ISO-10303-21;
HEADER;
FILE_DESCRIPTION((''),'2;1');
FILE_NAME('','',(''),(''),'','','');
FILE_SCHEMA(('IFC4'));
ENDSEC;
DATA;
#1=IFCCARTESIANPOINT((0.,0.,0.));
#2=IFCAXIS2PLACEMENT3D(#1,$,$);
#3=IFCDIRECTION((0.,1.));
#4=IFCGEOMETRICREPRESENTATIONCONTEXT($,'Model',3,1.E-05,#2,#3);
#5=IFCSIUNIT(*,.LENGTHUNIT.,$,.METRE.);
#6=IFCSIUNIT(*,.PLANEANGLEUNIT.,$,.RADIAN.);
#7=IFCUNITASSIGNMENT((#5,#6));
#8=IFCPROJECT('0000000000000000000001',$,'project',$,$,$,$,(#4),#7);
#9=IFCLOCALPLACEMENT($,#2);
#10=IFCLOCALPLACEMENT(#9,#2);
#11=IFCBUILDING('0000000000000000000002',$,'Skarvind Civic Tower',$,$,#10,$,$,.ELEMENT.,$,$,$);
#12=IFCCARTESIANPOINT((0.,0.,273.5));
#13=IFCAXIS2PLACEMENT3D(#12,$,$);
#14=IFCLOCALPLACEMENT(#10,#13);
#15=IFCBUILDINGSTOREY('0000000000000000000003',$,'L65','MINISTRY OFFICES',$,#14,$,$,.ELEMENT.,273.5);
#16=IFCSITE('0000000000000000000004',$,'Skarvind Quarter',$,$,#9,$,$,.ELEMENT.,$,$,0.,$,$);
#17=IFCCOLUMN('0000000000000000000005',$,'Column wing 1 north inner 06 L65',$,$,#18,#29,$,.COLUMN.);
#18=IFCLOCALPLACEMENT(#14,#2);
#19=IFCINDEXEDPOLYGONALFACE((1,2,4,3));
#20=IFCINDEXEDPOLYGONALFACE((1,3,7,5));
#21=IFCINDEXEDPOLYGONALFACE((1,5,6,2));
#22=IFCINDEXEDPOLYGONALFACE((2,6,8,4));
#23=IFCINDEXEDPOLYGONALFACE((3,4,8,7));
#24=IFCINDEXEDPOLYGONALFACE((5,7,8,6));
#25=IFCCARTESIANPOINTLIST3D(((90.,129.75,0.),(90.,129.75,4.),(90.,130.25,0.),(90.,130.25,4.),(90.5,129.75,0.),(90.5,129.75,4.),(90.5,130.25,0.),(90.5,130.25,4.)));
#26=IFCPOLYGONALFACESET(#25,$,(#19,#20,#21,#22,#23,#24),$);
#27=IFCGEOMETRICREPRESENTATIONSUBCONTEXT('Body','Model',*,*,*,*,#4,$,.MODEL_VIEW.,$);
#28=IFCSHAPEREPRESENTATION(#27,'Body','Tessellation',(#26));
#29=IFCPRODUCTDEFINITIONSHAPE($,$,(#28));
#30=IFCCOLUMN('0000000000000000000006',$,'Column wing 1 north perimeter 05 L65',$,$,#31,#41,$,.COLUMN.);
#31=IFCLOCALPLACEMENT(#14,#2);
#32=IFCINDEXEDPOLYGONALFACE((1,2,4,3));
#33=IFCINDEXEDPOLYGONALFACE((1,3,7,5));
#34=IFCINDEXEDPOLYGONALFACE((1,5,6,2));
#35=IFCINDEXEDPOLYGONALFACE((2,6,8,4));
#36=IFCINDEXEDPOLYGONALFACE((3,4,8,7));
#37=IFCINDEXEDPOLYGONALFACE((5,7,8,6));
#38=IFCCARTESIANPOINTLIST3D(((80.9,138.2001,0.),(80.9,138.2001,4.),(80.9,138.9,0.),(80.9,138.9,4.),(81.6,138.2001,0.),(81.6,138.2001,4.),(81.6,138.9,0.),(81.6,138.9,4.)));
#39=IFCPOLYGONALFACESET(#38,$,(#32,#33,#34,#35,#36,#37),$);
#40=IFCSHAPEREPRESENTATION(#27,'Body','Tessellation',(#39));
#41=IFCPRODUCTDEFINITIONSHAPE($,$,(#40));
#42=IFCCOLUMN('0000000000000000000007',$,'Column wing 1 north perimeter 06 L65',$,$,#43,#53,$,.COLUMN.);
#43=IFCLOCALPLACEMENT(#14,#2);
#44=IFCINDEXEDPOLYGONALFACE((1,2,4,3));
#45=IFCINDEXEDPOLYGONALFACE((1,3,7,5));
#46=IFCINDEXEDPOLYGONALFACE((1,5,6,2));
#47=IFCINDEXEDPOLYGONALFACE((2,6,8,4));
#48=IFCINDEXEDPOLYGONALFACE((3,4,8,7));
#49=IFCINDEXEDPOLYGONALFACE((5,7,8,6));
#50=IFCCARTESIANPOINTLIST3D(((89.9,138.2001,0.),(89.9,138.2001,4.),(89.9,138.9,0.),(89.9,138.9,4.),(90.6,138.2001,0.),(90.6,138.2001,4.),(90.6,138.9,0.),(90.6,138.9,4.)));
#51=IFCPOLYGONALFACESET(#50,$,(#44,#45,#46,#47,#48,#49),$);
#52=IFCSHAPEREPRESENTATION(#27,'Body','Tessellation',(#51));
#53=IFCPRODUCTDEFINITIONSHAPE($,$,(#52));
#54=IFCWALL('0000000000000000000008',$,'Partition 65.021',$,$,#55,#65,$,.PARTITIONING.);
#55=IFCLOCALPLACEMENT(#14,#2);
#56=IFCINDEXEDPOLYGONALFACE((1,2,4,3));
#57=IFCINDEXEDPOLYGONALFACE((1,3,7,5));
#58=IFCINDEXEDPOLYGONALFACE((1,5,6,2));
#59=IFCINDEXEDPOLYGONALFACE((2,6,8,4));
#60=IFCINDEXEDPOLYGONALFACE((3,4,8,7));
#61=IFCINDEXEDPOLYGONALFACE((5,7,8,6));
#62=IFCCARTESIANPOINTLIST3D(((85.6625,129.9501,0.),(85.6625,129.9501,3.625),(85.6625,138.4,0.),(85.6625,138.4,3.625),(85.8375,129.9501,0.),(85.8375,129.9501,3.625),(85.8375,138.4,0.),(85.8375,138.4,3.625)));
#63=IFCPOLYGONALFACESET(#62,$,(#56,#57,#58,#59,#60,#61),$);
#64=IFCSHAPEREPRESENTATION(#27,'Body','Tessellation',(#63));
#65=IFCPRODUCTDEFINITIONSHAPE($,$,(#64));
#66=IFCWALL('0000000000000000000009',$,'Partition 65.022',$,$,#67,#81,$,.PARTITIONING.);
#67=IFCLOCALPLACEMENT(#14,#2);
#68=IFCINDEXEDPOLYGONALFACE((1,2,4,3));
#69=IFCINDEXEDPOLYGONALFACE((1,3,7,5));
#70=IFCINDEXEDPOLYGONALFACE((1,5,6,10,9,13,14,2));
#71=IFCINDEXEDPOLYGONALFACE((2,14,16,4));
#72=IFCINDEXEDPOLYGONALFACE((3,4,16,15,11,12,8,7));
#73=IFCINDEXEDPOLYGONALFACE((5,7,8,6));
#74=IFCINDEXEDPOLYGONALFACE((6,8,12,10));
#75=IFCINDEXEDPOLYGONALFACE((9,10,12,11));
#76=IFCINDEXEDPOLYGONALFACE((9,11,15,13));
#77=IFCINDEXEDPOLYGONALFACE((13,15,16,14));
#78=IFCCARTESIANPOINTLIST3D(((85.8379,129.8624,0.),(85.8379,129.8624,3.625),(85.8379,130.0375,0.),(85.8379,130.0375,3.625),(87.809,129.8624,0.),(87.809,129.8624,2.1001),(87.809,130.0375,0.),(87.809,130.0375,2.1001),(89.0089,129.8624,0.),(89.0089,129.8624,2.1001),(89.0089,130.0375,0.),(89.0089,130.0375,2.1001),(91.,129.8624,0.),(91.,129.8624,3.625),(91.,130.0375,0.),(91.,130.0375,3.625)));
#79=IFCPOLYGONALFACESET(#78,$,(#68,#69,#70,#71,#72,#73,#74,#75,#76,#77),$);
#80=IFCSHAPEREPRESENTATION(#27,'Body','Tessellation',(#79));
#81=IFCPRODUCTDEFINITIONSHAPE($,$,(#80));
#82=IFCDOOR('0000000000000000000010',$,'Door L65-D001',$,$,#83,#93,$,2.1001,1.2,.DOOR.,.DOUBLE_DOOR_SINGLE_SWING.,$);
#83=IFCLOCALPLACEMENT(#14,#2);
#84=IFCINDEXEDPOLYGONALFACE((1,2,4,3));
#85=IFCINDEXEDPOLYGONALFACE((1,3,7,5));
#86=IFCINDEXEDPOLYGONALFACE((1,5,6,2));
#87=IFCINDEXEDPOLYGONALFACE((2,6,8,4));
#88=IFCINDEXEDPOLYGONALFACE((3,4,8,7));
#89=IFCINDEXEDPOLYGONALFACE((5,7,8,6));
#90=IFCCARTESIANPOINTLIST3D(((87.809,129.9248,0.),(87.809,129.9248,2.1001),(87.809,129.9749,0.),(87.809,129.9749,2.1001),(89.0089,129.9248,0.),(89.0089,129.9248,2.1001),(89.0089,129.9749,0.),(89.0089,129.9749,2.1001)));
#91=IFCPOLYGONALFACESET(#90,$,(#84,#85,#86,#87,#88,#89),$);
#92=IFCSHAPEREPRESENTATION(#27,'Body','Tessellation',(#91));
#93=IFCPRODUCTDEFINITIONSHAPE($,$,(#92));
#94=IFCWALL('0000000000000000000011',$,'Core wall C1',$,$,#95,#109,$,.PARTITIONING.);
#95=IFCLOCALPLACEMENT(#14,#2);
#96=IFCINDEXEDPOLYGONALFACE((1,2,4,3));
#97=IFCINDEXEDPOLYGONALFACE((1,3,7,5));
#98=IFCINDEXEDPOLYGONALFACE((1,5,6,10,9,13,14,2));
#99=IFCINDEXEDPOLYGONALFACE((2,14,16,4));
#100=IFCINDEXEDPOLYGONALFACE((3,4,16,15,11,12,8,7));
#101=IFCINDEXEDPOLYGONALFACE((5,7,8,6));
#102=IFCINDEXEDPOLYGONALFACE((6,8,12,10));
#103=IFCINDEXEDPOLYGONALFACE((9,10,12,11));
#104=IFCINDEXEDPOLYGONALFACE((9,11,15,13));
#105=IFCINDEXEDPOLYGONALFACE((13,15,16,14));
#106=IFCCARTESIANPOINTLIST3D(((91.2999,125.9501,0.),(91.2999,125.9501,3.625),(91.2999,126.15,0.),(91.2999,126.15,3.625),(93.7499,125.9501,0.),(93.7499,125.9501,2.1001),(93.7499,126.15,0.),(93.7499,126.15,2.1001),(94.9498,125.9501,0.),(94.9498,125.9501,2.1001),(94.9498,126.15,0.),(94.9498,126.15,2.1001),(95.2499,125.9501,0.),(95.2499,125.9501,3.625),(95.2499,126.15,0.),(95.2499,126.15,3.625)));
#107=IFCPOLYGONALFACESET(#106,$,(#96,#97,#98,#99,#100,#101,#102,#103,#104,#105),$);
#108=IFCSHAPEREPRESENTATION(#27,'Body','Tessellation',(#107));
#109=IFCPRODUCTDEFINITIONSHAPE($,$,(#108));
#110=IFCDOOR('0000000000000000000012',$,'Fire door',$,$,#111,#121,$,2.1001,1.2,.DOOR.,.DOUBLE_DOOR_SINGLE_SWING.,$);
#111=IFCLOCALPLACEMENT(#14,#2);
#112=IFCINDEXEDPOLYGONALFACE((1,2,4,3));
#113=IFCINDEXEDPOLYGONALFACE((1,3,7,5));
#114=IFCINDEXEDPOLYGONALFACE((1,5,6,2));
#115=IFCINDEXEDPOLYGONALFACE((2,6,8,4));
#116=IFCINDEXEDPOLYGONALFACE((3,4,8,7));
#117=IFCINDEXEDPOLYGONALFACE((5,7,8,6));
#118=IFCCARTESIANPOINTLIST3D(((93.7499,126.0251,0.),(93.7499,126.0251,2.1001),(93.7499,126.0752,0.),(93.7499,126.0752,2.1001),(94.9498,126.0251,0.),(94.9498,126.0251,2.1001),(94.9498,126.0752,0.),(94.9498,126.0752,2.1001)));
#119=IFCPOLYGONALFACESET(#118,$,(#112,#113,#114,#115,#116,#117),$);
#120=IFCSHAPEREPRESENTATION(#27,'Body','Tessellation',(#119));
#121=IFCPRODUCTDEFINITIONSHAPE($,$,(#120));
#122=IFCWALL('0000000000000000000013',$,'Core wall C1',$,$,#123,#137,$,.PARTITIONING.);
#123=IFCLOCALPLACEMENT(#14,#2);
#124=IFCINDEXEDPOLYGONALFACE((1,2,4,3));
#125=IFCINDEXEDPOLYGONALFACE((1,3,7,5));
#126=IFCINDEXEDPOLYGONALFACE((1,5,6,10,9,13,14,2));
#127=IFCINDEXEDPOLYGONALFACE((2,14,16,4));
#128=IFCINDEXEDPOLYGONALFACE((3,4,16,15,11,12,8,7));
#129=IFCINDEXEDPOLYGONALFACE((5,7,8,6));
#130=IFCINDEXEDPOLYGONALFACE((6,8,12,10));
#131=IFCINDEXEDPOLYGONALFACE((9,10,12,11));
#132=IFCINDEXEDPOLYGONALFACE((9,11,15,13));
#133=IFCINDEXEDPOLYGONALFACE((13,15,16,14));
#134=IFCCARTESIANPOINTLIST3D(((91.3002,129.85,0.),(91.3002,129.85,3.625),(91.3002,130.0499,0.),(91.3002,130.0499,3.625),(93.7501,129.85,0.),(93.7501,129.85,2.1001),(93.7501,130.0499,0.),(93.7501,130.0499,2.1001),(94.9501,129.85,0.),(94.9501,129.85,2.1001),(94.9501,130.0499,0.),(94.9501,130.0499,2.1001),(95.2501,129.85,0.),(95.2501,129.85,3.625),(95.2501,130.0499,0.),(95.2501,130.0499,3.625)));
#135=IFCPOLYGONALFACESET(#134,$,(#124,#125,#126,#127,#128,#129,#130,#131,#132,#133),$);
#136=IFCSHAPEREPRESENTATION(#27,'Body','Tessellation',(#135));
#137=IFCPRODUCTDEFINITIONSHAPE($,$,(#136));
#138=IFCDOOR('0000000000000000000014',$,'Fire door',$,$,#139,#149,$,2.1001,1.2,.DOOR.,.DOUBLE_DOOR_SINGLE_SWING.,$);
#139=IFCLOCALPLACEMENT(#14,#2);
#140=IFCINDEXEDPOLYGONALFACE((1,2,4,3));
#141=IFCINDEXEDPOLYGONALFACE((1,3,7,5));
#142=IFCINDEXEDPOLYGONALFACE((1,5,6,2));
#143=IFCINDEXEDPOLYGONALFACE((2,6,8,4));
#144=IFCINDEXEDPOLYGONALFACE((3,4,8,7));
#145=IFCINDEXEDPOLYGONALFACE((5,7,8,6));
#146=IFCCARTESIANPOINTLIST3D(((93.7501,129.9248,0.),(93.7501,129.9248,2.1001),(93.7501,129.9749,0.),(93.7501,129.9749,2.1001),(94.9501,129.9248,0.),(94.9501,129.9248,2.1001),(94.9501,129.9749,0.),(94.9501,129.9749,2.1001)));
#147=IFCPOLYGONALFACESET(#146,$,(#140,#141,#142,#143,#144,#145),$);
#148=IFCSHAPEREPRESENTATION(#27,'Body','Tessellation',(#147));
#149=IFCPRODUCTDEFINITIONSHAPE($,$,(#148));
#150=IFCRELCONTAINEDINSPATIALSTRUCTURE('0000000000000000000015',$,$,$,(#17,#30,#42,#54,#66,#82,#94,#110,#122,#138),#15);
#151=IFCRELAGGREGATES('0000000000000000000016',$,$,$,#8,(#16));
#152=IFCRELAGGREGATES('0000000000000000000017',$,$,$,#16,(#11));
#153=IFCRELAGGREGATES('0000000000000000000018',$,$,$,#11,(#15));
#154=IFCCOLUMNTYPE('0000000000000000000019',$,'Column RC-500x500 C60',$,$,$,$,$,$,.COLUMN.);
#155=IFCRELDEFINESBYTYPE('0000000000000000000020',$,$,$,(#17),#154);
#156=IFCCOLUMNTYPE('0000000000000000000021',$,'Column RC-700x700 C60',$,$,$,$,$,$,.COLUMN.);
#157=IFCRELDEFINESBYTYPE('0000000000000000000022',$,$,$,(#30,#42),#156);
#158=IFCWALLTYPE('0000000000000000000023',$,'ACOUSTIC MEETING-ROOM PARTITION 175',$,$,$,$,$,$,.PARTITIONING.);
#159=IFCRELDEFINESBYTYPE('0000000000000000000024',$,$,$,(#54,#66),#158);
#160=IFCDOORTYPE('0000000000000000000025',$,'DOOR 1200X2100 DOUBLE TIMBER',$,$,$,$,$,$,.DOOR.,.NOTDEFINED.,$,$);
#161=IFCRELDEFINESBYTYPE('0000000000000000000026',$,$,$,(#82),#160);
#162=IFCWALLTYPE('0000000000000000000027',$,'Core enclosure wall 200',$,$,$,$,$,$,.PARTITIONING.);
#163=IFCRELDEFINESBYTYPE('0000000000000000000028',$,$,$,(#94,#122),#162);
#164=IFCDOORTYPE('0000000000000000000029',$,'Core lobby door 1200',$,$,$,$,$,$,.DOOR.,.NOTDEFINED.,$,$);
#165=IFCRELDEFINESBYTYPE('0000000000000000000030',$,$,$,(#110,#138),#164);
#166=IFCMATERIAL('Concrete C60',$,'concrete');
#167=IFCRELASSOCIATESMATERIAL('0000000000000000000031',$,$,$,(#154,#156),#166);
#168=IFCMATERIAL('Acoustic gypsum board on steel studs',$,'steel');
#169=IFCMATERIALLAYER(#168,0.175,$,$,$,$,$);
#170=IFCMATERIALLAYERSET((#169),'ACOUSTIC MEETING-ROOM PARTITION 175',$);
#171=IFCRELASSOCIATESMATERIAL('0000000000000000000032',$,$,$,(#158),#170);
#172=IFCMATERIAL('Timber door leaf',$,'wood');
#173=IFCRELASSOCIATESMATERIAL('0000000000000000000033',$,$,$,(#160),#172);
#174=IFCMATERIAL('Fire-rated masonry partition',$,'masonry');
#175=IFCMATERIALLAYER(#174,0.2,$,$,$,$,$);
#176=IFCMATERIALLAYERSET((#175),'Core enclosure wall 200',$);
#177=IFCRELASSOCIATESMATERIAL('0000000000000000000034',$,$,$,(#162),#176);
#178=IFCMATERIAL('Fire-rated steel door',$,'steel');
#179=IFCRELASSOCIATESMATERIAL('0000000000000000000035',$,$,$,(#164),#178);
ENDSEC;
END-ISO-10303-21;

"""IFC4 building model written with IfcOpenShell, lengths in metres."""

from ifc_helpers import new_model, si_unit, direction, frame, frame_2d, origin, origin_2d, place, context, subcontext, project, spatial, rectangle, extrude, material, layer, layer_set, material_profile, profile_set, type_object, element, fill, save


model = new_model("IFC4")

# Units and contexts
model_context = context("Model", 3, precision=1e-05, world=origin(), true_north=direction((0.0, 1.0)))
body_context = subcontext(model_context, "Body", "Model", "MODEL_VIEW")
ifc_project = project(units=[si_unit("LENGTHUNIT", "METRE"), si_unit("PLANEANGLEUNIT", "RADIAN")], contexts=[model_context])

# Site, building, storey
site_placement = place(None, origin())
site = spatial("IfcSite", under=ifc_project, at=site_placement, Name="Skarvind Quarter", CompositionType="ELEMENT", RefElevation=0.0)
building_placement = place(site_placement, origin())
building = spatial("IfcBuilding", under=site, at=building_placement, Name="Skarvind Civic Tower", CompositionType="ELEMENT")
storey_placement = place(building_placement, frame((0.0, 0.0, 273.5)))
storey = spatial("IfcBuildingStorey", under=building, at=storey_placement, Name="L65", Description="MINISTRY OFFICES", CompositionType="ELEMENT", Elevation=273.5)

# Columns
ifc_material_1 = material(Name="Concrete C60", Category="concrete")
ifc_material_profile_1 = material_profile(ifc_material_1, rectangle(XDim=0.5, YDim=0.5, at=origin_2d()), Name="RC-500x500")
ifc_profile_set_1 = profile_set([ifc_material_profile_1], Name="Concrete C60")
column_type_1 = type_object("IfcColumnType", Name="Column RC-500x500 C60", PredefinedType="COLUMN", material=ifc_profile_set_1)
column_placement = place(storey_placement, frame((90.25, 130.0, 0.0), z_axis=(0.0, 0.0, 1.0), x_axis=(1.0, 0.0, 0.0)))
element("IfcColumn", 1, at=column_placement, inside=storey, type_object=column_type_1, Name="Column wing 1 north inner 06 L65", PredefinedType="COLUMN", context=body_context, shape_type="SweptSolid", body=[
    extrude(rectangle(XDim=0.5, YDim=0.5, at=origin_2d()), origin(), (0.0, 0.0, 1.0), 4.0),
])
ifc_material_profile_2 = material_profile(ifc_material_1, rectangle(XDim=0.7, YDim=0.7, at=origin_2d()), Name="RC-700x700")
ifc_profile_set_2 = profile_set([ifc_material_profile_2], Name="Concrete C60")
column_type_2 = type_object("IfcColumnType", Name="Column RC-700x700 C60", PredefinedType="COLUMN", material=ifc_profile_set_2)
for number, where, z_axis, x_axis, name in (
    (2, (81.25, 138.55, 0.0), (0.0, 0.0, 1.0), (1.0, 0.0, 0.0), "Column wing 1 north perimeter 05 L65"),
    (3, (90.25, 138.55, 0.0), (0.0, 0.0, 1.0), (1.0, 0.0, 0.0), "Column wing 1 north perimeter 06 L65"),
):
    element("IfcColumn", number, at=place(storey_placement, frame(where, z_axis=z_axis, x_axis=x_axis)), inside=storey, type_object=column_type_2, Name=name, PredefinedType="COLUMN", context=body_context, shape_type="SweptSolid", body=[
        extrude(rectangle(XDim=0.7, YDim=0.7, at=origin_2d()), origin(), (0.0, 0.0, 1.0), 4.0),
    ])

# Wall
ifc_material_2 = material(Name="Acoustic gypsum board on steel studs", Category="steel")
ifc_layer_1 = layer(ifc_material_2, 0.175)
ifc_layer_set_1 = layer_set([ifc_layer_1], Name="ACOUSTIC MEETING-ROOM PARTITION 175")
wall_type_1 = type_object("IfcWallType", Name="ACOUSTIC MEETING-ROOM PARTITION 175", PredefinedType="PARTITIONING", material=ifc_layer_set_1)
wall_1_placement = place(storey_placement, frame((85.75, 129.95, 0.0), z_axis=(0.0, 0.0, 1.0), x_axis=(0.0, 1.0, 0.0)))
element("IfcWall", 4, at=wall_1_placement, inside=storey, type_object=wall_type_1, Name="Partition 65.021", PredefinedType="PARTITIONING", context=body_context, shape_type="SweptSolid", body=[
    extrude(rectangle(XDim=8.45, YDim=0.175, at=frame_2d((4.2251, 0.0))), origin(), (0.0, 0.0, 1.0), 3.625),
])

# Walls, openings, doors
wall_2_placement = place(storey_placement, frame((85.8379, 129.95, 0.0), z_axis=(0.0, 0.0, 1.0), x_axis=(1.0, 0.0, 0.0)))
wall_2 = element("IfcWall", 5, at=wall_2_placement, inside=storey, type_object=wall_type_1, Name="Partition 65.022", PredefinedType="PARTITIONING", context=body_context, shape_type="SweptSolid", body=[
    extrude(rectangle(XDim=5.1621, YDim=0.175, at=frame_2d((2.5811, 0.0))), origin(), (0.0, 0.0, 1.0), 3.625),
])
opening_1_placement = place(wall_2_placement, frame((1.9709, 0.0, 0.0)))
opening_1 = element("IfcOpeningElement", 6, at=opening_1_placement, cuts=wall_2, PredefinedType="OPENING", context=body_context, shape_type="SweptSolid", body=[
    extrude(rectangle(XDim=1.2, YDim=2.1001, at=frame_2d((0.6001, 1.05))), frame((0.0, 0.0974, 0.0), z_axis=(0.0, -1.0, 0.0), x_axis=(1.0, 0.0, 0.0)), (0.0, 0.0, 1.0), 0.1951),
])
ifc_material_3 = material(Name="Timber door leaf", Category="wood")
door_type_1 = type_object("IfcDoorType", Name="DOOR 1200X2100 DOUBLE TIMBER", OperationType="NOTDEFINED", PredefinedType="DOOR", material=ifc_material_3)
door_1_placement = place(opening_1_placement, origin())
door_1 = element("IfcDoor", 7, at=door_1_placement, inside=storey, type_object=door_type_1, Name="Door L65-D001", OperationType="DOUBLE_DOOR_SINGLE_SWING", OverallHeight=2.1001, OverallWidth=1.2, PredefinedType="DOOR", context=body_context, shape_type="SweptSolid", body=[
    extrude(rectangle(XDim=1.2, YDim=2.1001, at=frame_2d((0.6001, 1.05))), frame((0.0, 0.0249, 0.0), z_axis=(0.0, -1.0, 0.0), x_axis=(1.0, 0.0, 0.0)), (0.0, 0.0, 1.0), 0.05),
])
fill(opening_1, door_1)
ifc_material_4 = material(Name="Fire-rated masonry partition", Category="masonry")
ifc_layer_2 = layer(ifc_material_4, 0.2)
ifc_layer_set_2 = layer_set([ifc_layer_2], Name="Core enclosure wall 200")
wall_type_2 = type_object("IfcWallType", Name="Core enclosure wall 200", PredefinedType="PARTITIONING", material=ifc_layer_set_2)
wall_3_placement = place(storey_placement, frame((95.25, 126.05, 0.0), z_axis=(0.0, 0.0, 1.0), x_axis=(-1.0, 0.0, 0.0)))
wall_3 = element("IfcWall", 8, at=wall_3_placement, inside=storey, type_object=wall_type_2, Name="Core wall C1", PredefinedType="PARTITIONING", context=body_context, shape_type="SweptSolid", body=[
    extrude(rectangle(XDim=3.95, YDim=0.2, at=frame_2d((1.9751, 0.0))), origin(), (0.0, 0.0, 1.0), 3.625),
])
opening_2_placement = place(wall_3_placement, frame((0.3, 0.0, 0.0)))
opening_2 = element("IfcOpeningElement", 9, at=opening_2_placement, cuts=wall_3, PredefinedType="OPENING", context=body_context, shape_type="SweptSolid", body=[
    extrude(rectangle(XDim=1.2, YDim=2.1001, at=frame_2d((0.6001, 1.05))), frame((0.0, 0.1099, 0.0), z_axis=(0.0, -1.0, 0.0), x_axis=(1.0, 0.0, 0.0)), (0.0, 0.0, 1.0), 0.22),
])
ifc_material_5 = material(Name="Fire-rated steel door", Category="steel")
door_type_2 = type_object("IfcDoorType", Name="Core lobby door 1200", OperationType="NOTDEFINED", PredefinedType="DOOR", material=ifc_material_5)
door_2_placement = place(opening_2_placement, origin())
door_2 = element("IfcDoor", 10, at=door_2_placement, inside=storey, type_object=door_type_2, Name="Fire door", OperationType="DOUBLE_DOOR_SINGLE_SWING", OverallHeight=2.1001, OverallWidth=1.2, PredefinedType="DOOR", context=body_context, shape_type="SweptSolid", body=[
    extrude(rectangle(XDim=1.2, YDim=2.1001, at=frame_2d((0.6001, 1.05))), frame((0.0, 0.0249, 0.0), z_axis=(0.0, -1.0, 0.0), x_axis=(1.0, 0.0, 0.0)), (0.0, 0.0, 1.0), 0.05),
])
fill(opening_2, door_2)
wall_4_placement = place(storey_placement, frame((91.3, 129.95, 0.0), z_axis=(0.0, 0.0, 1.0), x_axis=(1.0, 0.0, 0.0)))
wall_4 = element("IfcWall", 11, at=wall_4_placement, inside=storey, type_object=wall_type_2, Name="Core wall C1", PredefinedType="PARTITIONING", context=body_context, shape_type="SweptSolid", body=[
    extrude(rectangle(XDim=3.95, YDim=0.2, at=frame_2d((1.9751, 0.0))), origin(), (0.0, 0.0, 1.0), 3.625),
])
opening_3_placement = place(wall_4_placement, frame((2.45, 0.0, 0.0)))
opening_3 = element("IfcOpeningElement", 12, at=opening_3_placement, cuts=wall_4, PredefinedType="OPENING", context=body_context, shape_type="SweptSolid", body=[
    extrude(rectangle(XDim=1.2, YDim=2.1001, at=frame_2d((0.6001, 1.05))), frame((0.0, 0.1099, 0.0), z_axis=(0.0, -1.0, 0.0), x_axis=(1.0, 0.0, 0.0)), (0.0, 0.0, 1.0), 0.22),
])
door_3_placement = place(opening_3_placement, origin())
door_3 = element("IfcDoor", 13, at=door_3_placement, inside=storey, type_object=door_type_2, Name="Fire door", OperationType="DOUBLE_DOOR_SINGLE_SWING", OverallHeight=2.1001, OverallWidth=1.2, PredefinedType="DOOR", context=body_context, shape_type="SweptSolid", body=[
    extrude(rectangle(XDim=1.2, YDim=2.1001, at=frame_2d((0.6001, 1.05))), frame((0.0, 0.0249, 0.0), z_axis=(0.0, -1.0, 0.0), x_axis=(1.0, 0.0, 0.0)), (0.0, 0.0, 1.0), 0.05),
])
fill(opening_3, door_3)

save(model, "model.ifc")
